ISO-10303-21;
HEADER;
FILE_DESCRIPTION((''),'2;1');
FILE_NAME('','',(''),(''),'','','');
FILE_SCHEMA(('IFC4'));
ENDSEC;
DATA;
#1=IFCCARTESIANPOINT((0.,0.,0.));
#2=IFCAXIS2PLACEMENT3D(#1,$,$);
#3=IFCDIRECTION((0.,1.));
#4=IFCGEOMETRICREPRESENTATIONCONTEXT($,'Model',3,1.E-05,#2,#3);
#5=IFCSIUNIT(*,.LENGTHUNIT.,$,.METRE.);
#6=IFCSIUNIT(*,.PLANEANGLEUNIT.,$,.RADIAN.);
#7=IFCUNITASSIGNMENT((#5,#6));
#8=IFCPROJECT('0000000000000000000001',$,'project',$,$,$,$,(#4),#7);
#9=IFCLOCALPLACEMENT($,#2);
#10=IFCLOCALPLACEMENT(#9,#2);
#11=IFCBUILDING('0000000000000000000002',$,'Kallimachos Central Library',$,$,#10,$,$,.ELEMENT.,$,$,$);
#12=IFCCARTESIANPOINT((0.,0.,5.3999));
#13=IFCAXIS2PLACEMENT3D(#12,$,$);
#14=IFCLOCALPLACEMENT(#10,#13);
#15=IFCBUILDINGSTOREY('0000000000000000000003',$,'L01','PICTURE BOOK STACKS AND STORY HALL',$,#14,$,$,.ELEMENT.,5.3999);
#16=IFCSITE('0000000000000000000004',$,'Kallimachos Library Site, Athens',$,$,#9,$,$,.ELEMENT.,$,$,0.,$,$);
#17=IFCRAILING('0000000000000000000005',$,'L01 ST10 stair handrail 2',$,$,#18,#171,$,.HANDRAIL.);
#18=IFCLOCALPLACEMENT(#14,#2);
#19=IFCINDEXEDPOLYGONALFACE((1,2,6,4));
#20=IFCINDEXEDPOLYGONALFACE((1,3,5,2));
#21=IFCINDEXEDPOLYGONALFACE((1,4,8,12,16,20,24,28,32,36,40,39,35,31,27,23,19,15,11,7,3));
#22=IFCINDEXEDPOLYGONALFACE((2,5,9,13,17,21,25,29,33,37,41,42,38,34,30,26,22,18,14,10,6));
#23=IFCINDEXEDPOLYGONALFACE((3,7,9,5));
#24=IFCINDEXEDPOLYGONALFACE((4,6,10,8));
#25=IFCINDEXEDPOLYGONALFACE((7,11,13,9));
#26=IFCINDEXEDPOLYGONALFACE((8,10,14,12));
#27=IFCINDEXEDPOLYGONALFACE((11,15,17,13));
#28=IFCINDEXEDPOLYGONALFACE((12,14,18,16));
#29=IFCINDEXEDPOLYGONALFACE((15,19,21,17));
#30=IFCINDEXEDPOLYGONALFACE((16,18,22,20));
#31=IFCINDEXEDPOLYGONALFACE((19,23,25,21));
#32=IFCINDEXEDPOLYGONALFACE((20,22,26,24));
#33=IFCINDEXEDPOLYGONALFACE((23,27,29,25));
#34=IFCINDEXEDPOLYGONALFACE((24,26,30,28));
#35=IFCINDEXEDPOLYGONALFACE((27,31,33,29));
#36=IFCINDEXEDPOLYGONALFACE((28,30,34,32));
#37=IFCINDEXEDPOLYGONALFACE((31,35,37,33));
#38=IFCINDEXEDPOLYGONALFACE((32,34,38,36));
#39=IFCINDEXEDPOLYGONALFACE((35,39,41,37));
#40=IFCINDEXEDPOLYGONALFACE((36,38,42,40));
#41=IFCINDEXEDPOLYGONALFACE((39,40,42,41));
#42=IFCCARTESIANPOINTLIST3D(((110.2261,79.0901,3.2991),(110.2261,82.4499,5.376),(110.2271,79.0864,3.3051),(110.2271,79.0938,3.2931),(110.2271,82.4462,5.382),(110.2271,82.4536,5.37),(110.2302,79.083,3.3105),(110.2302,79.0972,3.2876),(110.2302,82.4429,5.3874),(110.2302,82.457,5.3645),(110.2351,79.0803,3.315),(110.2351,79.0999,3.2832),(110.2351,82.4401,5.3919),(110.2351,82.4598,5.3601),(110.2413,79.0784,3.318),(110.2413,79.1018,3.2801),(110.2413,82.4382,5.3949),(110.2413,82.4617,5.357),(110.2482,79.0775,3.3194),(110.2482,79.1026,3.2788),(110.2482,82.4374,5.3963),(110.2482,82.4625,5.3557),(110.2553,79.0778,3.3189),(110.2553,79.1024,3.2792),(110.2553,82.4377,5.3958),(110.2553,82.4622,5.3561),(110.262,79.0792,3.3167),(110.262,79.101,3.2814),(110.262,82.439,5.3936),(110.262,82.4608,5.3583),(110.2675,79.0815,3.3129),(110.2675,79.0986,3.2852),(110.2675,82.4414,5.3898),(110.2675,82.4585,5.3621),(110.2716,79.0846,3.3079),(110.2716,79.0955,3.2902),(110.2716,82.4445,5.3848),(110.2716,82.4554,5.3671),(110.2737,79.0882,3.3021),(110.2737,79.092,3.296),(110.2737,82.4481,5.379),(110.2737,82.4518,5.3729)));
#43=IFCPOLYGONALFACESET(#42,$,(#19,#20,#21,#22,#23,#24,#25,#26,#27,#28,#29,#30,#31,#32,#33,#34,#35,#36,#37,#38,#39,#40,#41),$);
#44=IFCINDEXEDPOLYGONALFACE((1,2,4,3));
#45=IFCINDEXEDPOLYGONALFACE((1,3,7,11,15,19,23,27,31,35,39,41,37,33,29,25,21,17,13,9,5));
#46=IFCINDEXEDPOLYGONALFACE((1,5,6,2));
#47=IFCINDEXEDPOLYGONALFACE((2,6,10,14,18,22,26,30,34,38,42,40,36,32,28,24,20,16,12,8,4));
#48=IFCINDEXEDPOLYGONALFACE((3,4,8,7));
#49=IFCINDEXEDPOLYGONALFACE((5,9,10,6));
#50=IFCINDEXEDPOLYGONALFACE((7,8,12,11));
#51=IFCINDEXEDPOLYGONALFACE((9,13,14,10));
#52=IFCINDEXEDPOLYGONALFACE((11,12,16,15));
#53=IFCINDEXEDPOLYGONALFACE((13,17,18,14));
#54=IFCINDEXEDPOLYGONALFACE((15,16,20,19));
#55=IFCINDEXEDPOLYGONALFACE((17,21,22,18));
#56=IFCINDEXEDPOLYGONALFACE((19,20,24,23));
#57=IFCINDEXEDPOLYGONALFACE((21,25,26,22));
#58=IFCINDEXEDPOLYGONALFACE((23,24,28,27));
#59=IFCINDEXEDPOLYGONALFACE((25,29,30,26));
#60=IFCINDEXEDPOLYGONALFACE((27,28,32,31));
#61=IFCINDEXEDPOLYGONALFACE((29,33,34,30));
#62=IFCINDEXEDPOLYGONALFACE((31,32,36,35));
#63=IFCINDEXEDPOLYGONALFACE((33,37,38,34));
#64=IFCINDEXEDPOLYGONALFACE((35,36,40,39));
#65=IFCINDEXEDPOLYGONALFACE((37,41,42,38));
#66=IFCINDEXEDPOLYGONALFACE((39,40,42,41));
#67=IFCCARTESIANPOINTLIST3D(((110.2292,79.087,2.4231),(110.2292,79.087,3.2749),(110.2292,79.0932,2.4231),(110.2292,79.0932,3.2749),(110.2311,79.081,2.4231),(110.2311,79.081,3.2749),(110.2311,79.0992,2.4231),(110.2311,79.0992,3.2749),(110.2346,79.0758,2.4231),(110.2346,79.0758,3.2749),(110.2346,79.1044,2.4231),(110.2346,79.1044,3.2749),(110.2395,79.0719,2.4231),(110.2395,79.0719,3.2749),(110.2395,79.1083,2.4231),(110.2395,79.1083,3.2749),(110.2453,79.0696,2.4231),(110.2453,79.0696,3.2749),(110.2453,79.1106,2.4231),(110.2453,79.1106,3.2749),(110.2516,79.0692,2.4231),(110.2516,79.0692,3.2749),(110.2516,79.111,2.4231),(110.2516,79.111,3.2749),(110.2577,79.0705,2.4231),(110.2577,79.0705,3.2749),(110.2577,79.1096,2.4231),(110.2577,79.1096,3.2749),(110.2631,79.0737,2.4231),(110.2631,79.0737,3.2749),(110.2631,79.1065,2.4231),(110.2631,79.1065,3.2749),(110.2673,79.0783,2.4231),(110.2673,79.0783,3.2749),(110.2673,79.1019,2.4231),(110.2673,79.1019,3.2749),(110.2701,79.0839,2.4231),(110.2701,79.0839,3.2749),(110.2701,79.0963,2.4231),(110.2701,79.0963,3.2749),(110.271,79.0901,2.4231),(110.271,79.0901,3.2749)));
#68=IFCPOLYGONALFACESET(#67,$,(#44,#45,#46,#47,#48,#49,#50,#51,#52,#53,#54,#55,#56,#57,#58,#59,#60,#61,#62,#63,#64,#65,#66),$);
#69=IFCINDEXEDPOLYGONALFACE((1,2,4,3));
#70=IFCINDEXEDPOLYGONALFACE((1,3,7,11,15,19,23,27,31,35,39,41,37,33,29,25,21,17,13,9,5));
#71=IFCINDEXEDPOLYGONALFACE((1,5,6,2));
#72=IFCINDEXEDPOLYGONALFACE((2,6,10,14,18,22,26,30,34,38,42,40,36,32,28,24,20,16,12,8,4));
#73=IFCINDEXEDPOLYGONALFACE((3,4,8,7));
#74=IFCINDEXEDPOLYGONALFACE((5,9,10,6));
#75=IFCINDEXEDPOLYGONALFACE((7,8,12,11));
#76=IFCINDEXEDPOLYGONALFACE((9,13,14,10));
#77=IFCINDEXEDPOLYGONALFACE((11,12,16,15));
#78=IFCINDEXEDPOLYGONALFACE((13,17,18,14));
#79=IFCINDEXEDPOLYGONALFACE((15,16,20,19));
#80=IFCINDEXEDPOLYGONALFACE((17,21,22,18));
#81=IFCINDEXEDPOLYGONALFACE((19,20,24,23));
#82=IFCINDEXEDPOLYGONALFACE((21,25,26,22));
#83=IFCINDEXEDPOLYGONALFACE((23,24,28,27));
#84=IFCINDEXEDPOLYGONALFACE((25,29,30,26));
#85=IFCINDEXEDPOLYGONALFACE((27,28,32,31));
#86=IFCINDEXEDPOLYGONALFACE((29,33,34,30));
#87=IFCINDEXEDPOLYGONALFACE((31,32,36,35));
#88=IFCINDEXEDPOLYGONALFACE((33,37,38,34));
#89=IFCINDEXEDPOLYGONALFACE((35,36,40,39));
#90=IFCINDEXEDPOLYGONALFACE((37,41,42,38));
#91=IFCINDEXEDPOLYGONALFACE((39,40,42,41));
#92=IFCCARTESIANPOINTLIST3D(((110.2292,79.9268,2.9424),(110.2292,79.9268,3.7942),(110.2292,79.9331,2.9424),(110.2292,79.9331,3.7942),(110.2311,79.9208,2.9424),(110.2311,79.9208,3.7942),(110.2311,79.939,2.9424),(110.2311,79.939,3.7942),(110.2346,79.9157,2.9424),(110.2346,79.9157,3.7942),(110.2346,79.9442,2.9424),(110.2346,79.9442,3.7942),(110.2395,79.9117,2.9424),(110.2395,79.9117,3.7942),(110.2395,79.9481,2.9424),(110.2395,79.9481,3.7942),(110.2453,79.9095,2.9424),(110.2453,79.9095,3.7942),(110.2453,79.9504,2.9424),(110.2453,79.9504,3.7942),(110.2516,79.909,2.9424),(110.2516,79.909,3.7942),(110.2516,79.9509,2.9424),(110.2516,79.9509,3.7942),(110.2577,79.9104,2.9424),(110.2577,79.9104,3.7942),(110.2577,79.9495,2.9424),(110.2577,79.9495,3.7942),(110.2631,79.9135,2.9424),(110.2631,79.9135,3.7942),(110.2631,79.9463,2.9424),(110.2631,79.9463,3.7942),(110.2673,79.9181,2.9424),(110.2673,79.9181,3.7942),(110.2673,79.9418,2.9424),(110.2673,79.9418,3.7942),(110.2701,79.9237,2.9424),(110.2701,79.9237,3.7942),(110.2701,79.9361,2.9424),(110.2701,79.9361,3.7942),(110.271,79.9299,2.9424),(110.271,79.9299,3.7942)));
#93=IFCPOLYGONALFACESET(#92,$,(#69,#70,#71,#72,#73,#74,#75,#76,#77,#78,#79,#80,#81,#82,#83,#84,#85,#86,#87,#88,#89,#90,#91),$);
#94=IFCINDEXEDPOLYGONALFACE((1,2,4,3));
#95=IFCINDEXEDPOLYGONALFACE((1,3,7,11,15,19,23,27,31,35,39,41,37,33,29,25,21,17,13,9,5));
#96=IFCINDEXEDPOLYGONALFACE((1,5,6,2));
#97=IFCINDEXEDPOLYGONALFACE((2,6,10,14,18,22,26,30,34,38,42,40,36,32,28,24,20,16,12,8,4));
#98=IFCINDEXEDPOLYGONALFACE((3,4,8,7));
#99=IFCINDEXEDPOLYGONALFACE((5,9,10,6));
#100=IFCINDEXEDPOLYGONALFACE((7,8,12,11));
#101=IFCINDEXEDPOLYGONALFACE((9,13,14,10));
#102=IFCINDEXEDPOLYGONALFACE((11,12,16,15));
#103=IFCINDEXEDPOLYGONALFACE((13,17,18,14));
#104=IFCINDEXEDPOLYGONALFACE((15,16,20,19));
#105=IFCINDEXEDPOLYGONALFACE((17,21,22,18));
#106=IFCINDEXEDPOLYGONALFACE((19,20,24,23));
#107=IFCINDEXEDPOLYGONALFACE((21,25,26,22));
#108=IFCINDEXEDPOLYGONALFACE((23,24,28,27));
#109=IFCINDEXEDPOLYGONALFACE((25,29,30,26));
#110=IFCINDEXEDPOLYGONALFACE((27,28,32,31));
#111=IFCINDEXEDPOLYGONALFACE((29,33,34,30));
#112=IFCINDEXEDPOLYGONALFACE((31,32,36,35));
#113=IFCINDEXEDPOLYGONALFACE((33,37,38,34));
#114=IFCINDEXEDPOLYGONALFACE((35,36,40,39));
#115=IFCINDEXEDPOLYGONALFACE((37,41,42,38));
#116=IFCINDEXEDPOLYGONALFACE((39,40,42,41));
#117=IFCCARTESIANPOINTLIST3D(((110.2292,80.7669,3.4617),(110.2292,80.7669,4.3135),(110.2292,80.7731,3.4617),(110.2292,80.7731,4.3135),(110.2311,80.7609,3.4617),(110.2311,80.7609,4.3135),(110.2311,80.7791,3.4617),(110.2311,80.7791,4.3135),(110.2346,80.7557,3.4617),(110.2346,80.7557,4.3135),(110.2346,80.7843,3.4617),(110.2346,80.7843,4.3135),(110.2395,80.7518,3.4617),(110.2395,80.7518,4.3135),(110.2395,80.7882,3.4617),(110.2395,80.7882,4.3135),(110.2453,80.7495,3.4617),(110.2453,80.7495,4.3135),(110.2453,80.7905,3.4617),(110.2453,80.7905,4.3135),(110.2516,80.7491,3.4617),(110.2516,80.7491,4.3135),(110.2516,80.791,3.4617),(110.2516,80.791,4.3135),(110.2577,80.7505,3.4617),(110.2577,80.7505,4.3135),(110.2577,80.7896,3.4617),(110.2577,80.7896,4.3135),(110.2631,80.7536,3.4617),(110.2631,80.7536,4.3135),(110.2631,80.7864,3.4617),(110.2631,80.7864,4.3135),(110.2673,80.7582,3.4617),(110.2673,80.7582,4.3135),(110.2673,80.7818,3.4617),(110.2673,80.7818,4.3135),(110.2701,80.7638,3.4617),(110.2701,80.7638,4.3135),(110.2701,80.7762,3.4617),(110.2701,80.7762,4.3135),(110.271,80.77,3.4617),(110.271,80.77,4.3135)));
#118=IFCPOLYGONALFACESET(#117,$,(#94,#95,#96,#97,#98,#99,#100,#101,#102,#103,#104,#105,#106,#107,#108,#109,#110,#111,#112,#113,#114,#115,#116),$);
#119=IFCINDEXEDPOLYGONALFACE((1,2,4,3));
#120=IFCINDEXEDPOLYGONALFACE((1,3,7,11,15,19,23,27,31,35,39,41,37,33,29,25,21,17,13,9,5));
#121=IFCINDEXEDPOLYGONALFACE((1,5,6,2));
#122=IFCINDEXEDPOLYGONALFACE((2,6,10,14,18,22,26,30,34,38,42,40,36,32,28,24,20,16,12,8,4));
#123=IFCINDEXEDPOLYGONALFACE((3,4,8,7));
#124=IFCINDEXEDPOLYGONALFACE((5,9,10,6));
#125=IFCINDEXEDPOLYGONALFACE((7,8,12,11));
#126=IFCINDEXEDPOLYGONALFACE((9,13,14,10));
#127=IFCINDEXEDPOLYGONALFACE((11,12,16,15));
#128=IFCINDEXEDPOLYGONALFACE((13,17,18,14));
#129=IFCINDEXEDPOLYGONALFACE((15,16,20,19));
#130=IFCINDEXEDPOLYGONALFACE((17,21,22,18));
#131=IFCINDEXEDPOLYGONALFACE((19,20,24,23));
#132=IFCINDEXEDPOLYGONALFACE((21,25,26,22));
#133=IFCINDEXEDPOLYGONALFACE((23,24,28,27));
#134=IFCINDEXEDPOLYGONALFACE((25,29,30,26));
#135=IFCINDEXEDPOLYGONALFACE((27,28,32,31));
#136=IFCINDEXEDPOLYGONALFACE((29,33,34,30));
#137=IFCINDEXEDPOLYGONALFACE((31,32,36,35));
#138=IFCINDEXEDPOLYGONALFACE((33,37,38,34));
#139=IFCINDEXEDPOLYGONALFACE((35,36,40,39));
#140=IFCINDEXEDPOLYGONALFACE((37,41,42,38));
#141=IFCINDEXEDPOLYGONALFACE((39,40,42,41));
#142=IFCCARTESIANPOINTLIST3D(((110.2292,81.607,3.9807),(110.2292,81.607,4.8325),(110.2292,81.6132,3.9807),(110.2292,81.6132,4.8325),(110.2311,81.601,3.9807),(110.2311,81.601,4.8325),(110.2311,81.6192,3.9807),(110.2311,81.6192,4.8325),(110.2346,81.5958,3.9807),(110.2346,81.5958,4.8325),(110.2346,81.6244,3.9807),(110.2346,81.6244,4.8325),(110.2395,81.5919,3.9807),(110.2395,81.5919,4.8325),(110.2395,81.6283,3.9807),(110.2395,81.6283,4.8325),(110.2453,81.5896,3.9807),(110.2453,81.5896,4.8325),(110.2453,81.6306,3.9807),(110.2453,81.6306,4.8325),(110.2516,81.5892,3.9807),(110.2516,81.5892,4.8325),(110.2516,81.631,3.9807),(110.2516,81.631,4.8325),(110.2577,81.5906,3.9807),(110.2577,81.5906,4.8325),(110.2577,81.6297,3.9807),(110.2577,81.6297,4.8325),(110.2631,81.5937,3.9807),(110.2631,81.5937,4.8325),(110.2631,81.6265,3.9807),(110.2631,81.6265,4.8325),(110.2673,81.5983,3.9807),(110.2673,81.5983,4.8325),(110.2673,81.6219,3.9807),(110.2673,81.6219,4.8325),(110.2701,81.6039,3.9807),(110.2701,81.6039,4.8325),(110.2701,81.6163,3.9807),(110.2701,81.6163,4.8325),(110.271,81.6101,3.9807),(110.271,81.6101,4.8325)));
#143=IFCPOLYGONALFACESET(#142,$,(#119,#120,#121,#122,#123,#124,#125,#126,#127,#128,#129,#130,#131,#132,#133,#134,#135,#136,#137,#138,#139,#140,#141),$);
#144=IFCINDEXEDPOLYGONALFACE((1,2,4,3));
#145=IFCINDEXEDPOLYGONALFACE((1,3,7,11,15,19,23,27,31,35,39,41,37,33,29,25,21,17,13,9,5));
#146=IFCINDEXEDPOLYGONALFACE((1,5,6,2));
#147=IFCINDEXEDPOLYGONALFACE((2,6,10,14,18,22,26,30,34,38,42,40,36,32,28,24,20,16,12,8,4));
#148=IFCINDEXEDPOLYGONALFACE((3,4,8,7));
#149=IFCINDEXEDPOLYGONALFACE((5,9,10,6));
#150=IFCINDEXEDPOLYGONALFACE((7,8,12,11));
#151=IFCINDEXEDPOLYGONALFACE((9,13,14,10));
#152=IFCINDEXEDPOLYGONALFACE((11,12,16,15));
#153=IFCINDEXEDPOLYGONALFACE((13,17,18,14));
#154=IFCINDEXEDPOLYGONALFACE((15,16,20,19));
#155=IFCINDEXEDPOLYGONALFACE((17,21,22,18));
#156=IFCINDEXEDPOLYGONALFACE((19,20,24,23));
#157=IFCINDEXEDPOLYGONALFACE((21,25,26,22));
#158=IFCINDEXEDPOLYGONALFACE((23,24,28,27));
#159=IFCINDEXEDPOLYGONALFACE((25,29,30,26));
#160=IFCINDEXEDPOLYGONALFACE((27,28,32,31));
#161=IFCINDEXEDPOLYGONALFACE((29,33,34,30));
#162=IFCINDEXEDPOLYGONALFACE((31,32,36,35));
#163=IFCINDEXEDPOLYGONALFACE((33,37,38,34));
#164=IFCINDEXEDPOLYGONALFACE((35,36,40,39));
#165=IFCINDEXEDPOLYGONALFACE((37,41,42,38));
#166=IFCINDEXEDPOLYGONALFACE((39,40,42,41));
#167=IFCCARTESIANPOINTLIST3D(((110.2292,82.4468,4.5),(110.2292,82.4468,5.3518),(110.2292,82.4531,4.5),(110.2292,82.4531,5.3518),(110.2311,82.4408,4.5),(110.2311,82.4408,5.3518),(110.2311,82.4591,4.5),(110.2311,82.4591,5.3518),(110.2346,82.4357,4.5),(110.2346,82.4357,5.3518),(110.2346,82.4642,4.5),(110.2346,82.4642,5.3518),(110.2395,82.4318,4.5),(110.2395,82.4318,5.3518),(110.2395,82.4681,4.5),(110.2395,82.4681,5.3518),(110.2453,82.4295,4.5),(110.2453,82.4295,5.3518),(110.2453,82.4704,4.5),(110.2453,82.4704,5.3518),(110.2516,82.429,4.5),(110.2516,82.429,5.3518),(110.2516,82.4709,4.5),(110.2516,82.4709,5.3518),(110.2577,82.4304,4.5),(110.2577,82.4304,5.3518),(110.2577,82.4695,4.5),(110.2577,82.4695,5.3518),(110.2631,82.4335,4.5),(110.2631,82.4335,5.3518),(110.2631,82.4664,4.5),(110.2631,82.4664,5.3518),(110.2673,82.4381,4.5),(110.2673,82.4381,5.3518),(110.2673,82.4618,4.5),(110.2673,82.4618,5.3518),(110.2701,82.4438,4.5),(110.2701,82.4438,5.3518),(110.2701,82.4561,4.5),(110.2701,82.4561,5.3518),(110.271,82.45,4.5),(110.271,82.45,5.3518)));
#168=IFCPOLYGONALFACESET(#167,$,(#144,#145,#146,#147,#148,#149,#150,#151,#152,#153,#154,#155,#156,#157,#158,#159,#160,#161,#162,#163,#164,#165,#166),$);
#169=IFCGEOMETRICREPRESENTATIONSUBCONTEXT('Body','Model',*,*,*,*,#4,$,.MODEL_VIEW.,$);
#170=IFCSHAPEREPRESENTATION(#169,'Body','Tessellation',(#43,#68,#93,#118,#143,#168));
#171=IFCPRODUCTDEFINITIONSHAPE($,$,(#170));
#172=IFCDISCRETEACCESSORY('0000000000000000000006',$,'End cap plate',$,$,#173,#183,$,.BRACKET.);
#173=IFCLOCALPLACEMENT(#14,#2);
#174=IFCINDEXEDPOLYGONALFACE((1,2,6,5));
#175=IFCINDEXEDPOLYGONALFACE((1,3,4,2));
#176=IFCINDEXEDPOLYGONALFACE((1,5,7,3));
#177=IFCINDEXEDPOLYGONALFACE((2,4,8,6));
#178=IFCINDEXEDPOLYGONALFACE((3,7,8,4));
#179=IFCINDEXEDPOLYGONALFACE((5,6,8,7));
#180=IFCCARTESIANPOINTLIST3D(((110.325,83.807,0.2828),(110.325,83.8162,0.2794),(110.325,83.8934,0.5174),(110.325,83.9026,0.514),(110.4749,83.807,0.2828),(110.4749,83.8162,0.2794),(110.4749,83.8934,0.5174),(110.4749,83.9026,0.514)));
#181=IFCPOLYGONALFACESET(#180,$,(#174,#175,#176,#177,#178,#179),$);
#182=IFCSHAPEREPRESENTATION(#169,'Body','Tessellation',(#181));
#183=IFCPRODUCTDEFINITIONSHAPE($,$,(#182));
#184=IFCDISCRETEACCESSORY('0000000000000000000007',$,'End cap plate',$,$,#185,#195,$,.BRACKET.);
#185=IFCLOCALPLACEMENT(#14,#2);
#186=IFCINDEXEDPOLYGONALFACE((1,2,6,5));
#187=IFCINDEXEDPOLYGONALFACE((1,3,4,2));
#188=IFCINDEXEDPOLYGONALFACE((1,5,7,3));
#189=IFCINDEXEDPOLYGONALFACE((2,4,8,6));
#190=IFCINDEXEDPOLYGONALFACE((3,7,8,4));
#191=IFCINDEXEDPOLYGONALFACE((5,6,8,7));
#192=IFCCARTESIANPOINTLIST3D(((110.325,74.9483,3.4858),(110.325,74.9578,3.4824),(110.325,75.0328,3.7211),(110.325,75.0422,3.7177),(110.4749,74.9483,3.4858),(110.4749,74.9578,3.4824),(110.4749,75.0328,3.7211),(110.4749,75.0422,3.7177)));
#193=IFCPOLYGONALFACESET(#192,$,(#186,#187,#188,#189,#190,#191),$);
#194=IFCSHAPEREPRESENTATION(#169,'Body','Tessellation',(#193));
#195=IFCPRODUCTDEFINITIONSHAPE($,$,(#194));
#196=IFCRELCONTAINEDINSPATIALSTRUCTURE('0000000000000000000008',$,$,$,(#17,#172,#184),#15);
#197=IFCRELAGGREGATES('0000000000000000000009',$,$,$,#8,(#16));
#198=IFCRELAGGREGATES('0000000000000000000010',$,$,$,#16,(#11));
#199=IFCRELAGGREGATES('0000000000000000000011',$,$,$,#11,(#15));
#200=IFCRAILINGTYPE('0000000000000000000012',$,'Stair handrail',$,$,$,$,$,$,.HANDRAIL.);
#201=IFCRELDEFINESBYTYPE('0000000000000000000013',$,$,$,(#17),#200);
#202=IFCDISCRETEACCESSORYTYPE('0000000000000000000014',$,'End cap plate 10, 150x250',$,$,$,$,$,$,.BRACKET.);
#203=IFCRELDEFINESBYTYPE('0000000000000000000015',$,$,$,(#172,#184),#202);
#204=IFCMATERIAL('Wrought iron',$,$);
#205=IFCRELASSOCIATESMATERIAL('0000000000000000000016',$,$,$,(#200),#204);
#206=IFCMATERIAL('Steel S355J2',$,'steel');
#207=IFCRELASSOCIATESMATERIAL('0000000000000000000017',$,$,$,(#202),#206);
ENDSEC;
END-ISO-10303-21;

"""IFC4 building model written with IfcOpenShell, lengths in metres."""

from ifc_helpers import new_model, si_unit, direction, frame, origin, origin_2d, place, context, subcontext, project, spatial, rectangle, circle, extrude, material, material_profile, profile_set, type_object, element, save


model = new_model("IFC4")

# Units and contexts
model_context = context("Model", 3, precision=1e-05, world=origin(), true_north=direction((0.0, 1.0)))
body_context = subcontext(model_context, "Body", "Model", "MODEL_VIEW")
ifc_project = project(units=[si_unit("LENGTHUNIT", "METRE"), si_unit("PLANEANGLEUNIT", "RADIAN")], contexts=[model_context])

# Site, building, storey
site_placement = place(None, origin())
site = spatial("IfcSite", under=ifc_project, at=site_placement, Name="Kallimachos Library Site, Athens", CompositionType="ELEMENT", RefElevation=0.0)
building_placement = place(site_placement, origin())
building = spatial("IfcBuilding", under=site, at=building_placement, Name="Kallimachos Central Library", CompositionType="ELEMENT")
storey_placement = place(building_placement, frame((0.0, 0.0, 5.3999)))
storey = spatial("IfcBuildingStorey", under=building, at=storey_placement, Name="L01", Description="PICTURE BOOK STACKS AND STORY HALL", CompositionType="ELEMENT", Elevation=5.3999)

# Railing
ifc_material_1 = material(Name="Wrought iron")
railing_type = type_object("IfcRailingType", Name="Stair handrail", PredefinedType="HANDRAIL", material=ifc_material_1)
railing_placement = place(storey_placement, frame((110.25, 79.0901, 2.4231)))
element("IfcRailing", 1, at=railing_placement, inside=storey, type_object=railing_type, Name="L01 ST10 stair handrail 2", PredefinedType="HANDRAIL", context=body_context, shape_type="SweptSolid", body=[
    extrude(circle(Radius=0.0239, at=origin_2d()), frame((0.0, 0.0, 0.876), z_axis=(0.0, 0.850606, 0.525803), x_axis=(-1.0, 0.0, 0.0)), (0.0, 0.0, 1.0), 3.95),
    extrude(circle(Radius=0.021, at=origin_2d()), origin(), (0.0, 0.0, 1.0), 0.8518),
    extrude(circle(Radius=0.021, at=origin_2d()), frame((0.0, 0.8398, 0.5193)), (0.0, 0.0, 1.0), 0.8518),
    extrude(circle(Radius=0.021, at=origin_2d()), frame((0.0, 1.6799, 1.0386)), (0.0, 0.0, 1.0), 0.8518),
    extrude(circle(Radius=0.021, at=origin_2d()), frame((0.0, 2.52, 1.5576)), (0.0, 0.0, 1.0), 0.8518),
    extrude(circle(Radius=0.021, at=origin_2d()), frame((0.0, 3.3599, 2.0769)), (0.0, 0.0, 1.0), 0.8518),
])

# Discrete accessories
ifc_material_2 = material(Name="Steel S355J2", Category="steel")
ifc_material_profile_1 = material_profile(ifc_material_2, rectangle(XDim=0.1499, YDim=0.25, at=origin_2d()), Name="End cap plate 10, 150x250")
ifc_profile_set_1 = profile_set([ifc_material_profile_1], Name="Steel S355J2")
discrete_accessory_type = type_object("IfcDiscreteAccessoryType", Name="End cap plate 10, 150x250", PredefinedType="BRACKET", material=ifc_profile_set_1)
discrete_accessory_1_placement = place(storey_placement, frame((110.3999, 83.8594, 0.3967), z_axis=(0.0, -0.938343, 0.345705), x_axis=(1.0, 0.0, 0.0)))
element("IfcDiscreteAccessory", 2, at=discrete_accessory_1_placement, inside=storey, type_object=discrete_accessory_type, Name="End cap plate", PredefinedType="BRACKET", context=body_context, shape_type="SweptSolid", body=[
    extrude(rectangle(XDim=0.1499, YDim=0.25, at=origin_2d()), origin(), (0.0, 0.0, 1.0), 0.0098),
])
discrete_accessory_2_placement = place(storey_placement, frame((110.3999, 75.0, 3.6001), z_axis=(0.0, -0.941195, 0.337865), x_axis=(1.0, 0.0, 0.0)))
element("IfcDiscreteAccessory", 3, at=discrete_accessory_2_placement, inside=storey, type_object=discrete_accessory_type, Name="End cap plate", PredefinedType="BRACKET", context=body_context, shape_type="SweptSolid", body=[
    extrude(rectangle(XDim=0.1499, YDim=0.25, at=origin_2d()), origin(), (0.0, 0.0, 1.0), 0.01),
])

save(model, "model.ifc")
